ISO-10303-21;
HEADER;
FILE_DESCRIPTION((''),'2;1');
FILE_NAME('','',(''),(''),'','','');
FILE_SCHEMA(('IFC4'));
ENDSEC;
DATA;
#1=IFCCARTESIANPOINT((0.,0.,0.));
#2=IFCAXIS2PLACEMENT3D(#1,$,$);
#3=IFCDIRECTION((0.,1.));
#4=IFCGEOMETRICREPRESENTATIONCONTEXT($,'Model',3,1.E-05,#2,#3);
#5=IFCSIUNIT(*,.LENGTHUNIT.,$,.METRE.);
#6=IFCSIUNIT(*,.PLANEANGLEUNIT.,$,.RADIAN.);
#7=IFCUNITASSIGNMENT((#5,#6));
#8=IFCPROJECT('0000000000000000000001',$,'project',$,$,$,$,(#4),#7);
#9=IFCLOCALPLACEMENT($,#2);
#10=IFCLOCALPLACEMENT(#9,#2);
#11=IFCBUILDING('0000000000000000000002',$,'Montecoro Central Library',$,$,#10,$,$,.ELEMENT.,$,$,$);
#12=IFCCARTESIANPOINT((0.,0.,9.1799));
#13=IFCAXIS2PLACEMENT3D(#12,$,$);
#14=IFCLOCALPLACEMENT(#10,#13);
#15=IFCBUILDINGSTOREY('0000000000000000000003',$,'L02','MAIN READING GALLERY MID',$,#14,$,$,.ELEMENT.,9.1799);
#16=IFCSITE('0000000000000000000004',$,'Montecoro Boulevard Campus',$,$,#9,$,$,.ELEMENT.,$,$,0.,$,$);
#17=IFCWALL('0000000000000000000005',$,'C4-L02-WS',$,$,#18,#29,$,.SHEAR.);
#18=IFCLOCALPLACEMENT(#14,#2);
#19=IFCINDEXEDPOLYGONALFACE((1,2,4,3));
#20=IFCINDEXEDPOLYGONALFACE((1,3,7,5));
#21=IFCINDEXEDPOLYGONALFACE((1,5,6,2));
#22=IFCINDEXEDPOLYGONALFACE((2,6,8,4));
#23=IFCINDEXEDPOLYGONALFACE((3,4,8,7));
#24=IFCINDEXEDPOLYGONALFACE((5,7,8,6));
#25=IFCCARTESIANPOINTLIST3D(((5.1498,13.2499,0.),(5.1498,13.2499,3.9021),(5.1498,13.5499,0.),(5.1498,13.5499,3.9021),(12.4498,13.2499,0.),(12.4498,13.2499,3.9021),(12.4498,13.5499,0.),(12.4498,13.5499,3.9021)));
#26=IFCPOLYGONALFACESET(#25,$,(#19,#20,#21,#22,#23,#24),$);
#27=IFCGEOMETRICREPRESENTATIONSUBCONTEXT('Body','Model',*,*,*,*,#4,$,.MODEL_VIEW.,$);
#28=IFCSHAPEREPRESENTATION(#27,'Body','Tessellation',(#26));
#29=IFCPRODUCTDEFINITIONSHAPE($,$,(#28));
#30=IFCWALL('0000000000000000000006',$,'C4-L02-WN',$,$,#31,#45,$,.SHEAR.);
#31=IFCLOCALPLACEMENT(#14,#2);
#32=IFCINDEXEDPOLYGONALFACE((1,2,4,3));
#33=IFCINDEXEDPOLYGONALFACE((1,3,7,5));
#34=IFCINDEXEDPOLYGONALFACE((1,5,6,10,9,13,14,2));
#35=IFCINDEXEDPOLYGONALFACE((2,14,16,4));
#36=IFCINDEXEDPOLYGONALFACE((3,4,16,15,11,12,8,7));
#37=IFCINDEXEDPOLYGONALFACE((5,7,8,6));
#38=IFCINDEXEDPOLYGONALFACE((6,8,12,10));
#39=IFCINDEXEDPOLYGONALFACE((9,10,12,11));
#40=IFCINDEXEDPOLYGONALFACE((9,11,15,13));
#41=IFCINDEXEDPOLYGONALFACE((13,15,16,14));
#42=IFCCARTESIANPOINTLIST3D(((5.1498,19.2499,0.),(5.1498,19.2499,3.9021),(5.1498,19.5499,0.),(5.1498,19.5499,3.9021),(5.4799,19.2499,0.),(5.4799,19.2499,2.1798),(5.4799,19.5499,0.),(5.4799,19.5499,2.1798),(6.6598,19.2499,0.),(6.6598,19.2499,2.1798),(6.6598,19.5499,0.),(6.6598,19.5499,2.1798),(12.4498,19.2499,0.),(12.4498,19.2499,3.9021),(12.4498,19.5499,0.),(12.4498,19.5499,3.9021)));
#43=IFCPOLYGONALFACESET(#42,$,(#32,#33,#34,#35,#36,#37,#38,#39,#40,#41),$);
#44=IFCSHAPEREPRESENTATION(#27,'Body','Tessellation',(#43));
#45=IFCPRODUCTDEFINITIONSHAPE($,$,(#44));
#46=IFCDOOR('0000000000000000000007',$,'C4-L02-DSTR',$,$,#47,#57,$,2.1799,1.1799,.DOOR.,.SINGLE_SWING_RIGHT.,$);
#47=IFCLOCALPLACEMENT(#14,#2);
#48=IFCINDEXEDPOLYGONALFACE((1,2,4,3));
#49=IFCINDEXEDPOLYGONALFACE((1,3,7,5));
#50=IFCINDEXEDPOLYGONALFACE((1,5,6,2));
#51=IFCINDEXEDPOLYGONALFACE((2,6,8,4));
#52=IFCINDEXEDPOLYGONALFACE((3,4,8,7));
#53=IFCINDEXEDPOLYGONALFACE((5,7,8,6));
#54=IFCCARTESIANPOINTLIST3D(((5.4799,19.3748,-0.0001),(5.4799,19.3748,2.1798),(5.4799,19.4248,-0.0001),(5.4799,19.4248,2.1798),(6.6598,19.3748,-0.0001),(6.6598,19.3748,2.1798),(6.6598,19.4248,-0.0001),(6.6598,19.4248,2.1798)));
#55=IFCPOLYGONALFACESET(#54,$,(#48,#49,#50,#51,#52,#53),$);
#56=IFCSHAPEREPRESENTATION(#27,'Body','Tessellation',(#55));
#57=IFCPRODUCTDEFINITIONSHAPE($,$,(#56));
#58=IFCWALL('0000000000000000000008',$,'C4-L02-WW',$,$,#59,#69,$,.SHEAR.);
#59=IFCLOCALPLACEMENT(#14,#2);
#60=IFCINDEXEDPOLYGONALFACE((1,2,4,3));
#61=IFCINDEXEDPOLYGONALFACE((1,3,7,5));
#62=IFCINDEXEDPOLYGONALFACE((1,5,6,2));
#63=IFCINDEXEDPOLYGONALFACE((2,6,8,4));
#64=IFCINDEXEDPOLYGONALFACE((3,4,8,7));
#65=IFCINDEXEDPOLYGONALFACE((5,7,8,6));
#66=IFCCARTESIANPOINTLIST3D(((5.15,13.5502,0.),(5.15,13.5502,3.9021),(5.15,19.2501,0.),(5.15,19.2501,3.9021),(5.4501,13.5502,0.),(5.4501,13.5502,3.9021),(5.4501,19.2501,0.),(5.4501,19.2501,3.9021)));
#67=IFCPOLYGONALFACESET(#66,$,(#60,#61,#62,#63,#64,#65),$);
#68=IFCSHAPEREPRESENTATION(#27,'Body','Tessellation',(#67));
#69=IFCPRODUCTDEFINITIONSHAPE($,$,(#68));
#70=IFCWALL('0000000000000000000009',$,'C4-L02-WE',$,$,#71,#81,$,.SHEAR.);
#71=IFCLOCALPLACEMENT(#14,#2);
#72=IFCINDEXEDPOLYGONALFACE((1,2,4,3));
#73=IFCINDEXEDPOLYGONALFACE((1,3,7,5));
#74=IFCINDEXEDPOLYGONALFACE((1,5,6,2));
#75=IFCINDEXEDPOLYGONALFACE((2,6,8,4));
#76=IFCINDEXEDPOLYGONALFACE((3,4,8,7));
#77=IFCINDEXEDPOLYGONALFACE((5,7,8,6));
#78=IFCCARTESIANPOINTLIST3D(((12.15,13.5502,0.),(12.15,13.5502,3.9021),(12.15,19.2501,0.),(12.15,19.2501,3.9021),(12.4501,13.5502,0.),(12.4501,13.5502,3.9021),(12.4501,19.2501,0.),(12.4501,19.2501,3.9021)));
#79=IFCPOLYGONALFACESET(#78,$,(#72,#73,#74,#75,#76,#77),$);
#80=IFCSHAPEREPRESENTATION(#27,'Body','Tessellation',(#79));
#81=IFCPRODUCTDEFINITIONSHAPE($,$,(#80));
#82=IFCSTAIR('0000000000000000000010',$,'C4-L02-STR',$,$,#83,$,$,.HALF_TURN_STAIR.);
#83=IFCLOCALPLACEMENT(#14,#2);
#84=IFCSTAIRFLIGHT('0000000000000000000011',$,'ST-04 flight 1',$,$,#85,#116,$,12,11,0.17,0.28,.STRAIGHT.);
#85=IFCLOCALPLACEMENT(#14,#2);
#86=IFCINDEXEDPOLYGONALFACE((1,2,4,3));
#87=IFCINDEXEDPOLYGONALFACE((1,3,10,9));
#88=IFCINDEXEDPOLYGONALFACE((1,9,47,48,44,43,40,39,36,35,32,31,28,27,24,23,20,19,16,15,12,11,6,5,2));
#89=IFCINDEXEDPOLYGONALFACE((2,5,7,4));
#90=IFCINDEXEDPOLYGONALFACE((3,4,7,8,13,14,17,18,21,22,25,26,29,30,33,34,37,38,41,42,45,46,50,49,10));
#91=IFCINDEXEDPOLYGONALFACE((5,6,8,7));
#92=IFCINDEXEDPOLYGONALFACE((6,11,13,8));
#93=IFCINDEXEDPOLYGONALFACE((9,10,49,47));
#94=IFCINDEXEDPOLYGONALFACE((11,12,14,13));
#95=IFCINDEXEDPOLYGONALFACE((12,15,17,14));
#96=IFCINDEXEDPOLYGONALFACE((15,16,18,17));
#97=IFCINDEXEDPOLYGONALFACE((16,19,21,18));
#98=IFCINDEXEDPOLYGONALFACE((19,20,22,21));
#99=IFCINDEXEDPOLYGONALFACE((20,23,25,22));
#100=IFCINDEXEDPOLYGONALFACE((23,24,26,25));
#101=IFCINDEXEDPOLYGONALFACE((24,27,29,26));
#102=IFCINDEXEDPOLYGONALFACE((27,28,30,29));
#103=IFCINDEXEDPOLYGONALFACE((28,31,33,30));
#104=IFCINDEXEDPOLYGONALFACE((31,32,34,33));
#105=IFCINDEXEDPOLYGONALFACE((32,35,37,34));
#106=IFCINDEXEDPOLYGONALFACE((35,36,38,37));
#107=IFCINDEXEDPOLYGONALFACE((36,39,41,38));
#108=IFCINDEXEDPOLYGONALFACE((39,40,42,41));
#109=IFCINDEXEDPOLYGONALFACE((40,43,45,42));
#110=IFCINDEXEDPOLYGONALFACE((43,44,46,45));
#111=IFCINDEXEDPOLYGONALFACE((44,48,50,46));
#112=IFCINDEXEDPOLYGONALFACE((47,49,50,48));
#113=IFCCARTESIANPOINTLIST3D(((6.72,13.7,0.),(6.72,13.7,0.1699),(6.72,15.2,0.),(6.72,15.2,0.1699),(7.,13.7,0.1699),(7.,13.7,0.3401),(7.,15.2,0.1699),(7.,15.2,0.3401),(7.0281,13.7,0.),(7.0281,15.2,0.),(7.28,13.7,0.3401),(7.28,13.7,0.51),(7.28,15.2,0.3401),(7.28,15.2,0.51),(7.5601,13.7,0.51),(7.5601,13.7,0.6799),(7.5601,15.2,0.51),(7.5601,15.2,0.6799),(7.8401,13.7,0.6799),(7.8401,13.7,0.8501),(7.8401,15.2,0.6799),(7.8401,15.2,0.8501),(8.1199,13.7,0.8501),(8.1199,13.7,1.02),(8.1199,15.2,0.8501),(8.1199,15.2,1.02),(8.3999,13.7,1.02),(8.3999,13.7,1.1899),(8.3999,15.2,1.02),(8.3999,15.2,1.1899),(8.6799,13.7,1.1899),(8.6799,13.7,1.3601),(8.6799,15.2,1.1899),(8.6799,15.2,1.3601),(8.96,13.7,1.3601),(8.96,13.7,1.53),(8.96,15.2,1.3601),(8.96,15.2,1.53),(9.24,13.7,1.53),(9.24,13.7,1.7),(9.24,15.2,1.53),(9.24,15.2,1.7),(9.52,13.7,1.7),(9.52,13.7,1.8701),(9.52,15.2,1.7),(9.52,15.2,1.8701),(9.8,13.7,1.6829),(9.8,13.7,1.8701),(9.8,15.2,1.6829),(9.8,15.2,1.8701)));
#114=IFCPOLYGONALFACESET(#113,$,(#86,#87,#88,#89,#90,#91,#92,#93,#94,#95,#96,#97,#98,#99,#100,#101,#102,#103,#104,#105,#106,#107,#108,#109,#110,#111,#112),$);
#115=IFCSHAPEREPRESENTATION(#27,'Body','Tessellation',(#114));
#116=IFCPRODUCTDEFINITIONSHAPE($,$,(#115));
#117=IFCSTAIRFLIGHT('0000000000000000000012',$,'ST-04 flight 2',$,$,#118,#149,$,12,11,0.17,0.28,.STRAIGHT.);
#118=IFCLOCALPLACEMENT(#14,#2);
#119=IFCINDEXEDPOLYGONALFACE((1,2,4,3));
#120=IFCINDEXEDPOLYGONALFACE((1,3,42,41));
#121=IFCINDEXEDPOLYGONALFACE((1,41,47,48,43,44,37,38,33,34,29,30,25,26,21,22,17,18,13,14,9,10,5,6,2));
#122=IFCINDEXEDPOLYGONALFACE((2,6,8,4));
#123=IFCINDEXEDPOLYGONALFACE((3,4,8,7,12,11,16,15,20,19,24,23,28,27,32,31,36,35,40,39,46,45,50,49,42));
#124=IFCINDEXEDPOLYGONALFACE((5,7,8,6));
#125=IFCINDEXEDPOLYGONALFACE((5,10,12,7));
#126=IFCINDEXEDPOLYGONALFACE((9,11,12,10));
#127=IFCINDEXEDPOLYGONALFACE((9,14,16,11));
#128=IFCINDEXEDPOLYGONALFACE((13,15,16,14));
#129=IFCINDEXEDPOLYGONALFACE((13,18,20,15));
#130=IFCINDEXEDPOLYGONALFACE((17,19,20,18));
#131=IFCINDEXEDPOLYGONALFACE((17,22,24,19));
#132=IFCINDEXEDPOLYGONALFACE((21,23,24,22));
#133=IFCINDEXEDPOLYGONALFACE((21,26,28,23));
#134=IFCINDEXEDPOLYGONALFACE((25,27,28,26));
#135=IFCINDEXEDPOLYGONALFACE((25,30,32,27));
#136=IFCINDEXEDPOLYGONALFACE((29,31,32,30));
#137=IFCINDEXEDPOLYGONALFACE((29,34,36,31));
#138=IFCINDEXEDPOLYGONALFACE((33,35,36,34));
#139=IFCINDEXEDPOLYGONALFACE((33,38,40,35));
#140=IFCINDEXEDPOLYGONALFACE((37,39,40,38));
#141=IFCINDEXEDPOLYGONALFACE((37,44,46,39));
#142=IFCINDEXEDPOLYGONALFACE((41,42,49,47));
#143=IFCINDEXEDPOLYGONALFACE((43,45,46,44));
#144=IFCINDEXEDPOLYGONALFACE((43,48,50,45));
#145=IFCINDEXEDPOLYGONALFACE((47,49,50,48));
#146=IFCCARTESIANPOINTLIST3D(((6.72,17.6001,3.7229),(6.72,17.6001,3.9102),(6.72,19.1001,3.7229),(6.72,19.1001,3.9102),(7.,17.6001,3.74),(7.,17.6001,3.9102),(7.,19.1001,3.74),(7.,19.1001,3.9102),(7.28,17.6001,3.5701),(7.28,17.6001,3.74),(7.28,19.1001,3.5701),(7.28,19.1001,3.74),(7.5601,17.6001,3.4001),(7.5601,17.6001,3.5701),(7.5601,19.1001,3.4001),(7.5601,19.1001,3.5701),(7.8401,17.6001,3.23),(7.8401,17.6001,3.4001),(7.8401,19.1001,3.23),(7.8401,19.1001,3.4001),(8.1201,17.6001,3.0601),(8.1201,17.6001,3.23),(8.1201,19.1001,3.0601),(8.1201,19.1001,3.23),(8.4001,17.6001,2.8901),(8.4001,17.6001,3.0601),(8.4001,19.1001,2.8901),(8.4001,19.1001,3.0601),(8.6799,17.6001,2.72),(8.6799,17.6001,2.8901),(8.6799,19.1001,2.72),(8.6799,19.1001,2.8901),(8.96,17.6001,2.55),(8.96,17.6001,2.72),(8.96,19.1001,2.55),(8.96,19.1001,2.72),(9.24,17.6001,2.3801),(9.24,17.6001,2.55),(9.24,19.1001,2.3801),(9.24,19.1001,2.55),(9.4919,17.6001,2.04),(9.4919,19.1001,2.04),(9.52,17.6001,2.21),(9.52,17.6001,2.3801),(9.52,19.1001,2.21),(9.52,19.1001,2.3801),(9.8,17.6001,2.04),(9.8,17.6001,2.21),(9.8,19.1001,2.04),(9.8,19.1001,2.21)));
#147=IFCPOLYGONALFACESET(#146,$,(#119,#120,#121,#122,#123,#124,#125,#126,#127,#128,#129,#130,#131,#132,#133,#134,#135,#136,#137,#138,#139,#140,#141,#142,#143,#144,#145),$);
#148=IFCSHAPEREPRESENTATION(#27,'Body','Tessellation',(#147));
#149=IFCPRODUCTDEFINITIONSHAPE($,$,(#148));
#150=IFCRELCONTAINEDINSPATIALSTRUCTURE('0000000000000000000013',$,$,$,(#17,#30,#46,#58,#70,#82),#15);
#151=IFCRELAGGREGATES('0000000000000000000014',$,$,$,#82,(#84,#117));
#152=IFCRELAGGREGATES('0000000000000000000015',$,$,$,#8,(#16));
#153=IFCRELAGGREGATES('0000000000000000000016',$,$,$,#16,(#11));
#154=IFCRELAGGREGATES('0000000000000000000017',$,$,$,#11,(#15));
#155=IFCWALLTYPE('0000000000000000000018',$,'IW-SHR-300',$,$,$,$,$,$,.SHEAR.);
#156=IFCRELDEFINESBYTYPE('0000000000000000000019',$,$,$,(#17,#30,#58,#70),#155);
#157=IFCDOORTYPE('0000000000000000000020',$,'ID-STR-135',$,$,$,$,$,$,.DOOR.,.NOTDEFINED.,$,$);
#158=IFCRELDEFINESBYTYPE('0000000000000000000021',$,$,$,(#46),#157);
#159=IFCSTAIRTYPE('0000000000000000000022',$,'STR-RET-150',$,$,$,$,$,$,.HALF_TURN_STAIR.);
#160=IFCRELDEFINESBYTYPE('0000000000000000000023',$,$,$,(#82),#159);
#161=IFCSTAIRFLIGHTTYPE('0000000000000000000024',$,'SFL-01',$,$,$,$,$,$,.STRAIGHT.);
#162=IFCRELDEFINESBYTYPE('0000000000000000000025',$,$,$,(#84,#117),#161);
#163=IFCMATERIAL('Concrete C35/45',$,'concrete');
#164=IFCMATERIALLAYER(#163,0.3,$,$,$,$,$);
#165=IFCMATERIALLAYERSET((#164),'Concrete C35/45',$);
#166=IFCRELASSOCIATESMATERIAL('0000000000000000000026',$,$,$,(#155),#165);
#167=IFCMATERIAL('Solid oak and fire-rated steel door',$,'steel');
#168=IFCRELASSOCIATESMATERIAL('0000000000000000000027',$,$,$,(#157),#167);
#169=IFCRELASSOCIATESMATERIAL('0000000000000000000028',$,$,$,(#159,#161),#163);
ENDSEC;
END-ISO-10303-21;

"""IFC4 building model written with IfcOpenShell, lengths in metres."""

from ifc_helpers import new_model, si_unit, direction, frame, frame_2d, origin, place, context, subcontext, project, spatial, polyline, rectangle, outline, extrude, material, layer, layer_set, type_object, element, fill, aggregate, save


model = new_model("IFC4")

# Units and contexts
model_context = context("Model", 3, precision=1e-05, world=origin(), true_north=direction((0.0, 1.0)))
body_context = subcontext(model_context, "Body", "Model", "MODEL_VIEW")
ifc_project = project(units=[si_unit("LENGTHUNIT", "METRE"), si_unit("PLANEANGLEUNIT", "RADIAN")], contexts=[model_context])

# Site, building, storey
site_placement = place(None, origin())
site = spatial("IfcSite", under=ifc_project, at=site_placement, Name="Montecoro Boulevard Campus", CompositionType="ELEMENT", RefElevation=0.0)
building_placement = place(site_placement, origin())
building = spatial("IfcBuilding", under=site, at=building_placement, Name="Montecoro Central Library", CompositionType="ELEMENT")
storey_placement = place(building_placement, frame((0.0, 0.0, 9.1799)))
storey = spatial("IfcBuildingStorey", under=building, at=storey_placement, Name="L02", Description="MAIN READING GALLERY MID", CompositionType="ELEMENT", Elevation=9.1799)

# Shared definitions
ifc_material_1 = material(Name="Concrete C35/45", Category="concrete")

# Shared definitions
ifc_material_2 = material(Name="Solid oak and fire-rated steel door", Category="steel")

# Wall
ifc_layer_1 = layer(ifc_material_1, 0.3)
ifc_layer_set_1 = layer_set([ifc_layer_1], Name="Concrete C35/45")
wall_type_1 = type_object("IfcWallType", Name="IW-SHR-300", PredefinedType="SHEAR", material=ifc_layer_set_1)
wall_1_placement = place(storey_placement, frame((5.1499, 13.3999, 0.0), z_axis=(0.0, 0.0, 1.0), x_axis=(1.0, 0.0, 0.0)))
element("IfcWall", 1, at=wall_1_placement, inside=storey, type_object=wall_type_1, Name="C4-L02-WS", PredefinedType="SHEAR", context=body_context, shape_type="SweptSolid", body=[
    extrude(rectangle(XDim=7.3, YDim=0.3, at=frame_2d((3.6499, 0.0))), origin(), (0.0, 0.0, 1.0), 3.9021),
])

# Wall, opening, door
wall_2_placement = place(storey_placement, frame((5.1499, 19.3999, 0.0), z_axis=(0.0, 0.0, 1.0), x_axis=(1.0, 0.0, 0.0)))
wall_2 = element("IfcWall", 2, at=wall_2_placement, inside=storey, type_object=wall_type_1, Name="C4-L02-WN", PredefinedType="SHEAR", context=body_context, shape_type="SweptSolid", body=[
    extrude(rectangle(XDim=7.3, YDim=0.3, at=frame_2d((3.6499, 0.0))), origin(), (0.0, 0.0, 1.0), 3.9021),
])
opening_1_placement = place(wall_2_placement, frame((0.3301, 0.0, 0.0)))
opening_1 = element("IfcOpeningElement", 3, at=opening_1_placement, cuts=wall_2, PredefinedType="OPENING", context=body_context, shape_type="SweptSolid", body=[
    extrude(rectangle(XDim=1.1799, YDim=2.1799, at=frame_2d((0.5898, 1.0898))), frame((0.0, 0.1599, 0.0), z_axis=(0.0, -1.0, 0.0), x_axis=(1.0, 0.0, 0.0)), (0.0, 0.0, 1.0), 0.3201),
])
door_type_1 = type_object("IfcDoorType", Name="ID-STR-135", OperationType="NOTDEFINED", PredefinedType="DOOR", material=ifc_material_2)
door_1_placement = place(opening_1_placement, origin())
door_1 = element("IfcDoor", 4, at=door_1_placement, inside=storey, type_object=door_type_1, Name="C4-L02-DSTR", OperationType="SINGLE_SWING_RIGHT", OverallHeight=2.1799, OverallWidth=1.1799, PredefinedType="DOOR", context=body_context, shape_type="SweptSolid", body=[
    extrude(rectangle(XDim=1.1799, YDim=2.1799, at=frame_2d((0.5898, 1.0898))), frame((0.0, 0.0249, 0.0), z_axis=(0.0, -1.0, 0.0), x_axis=(1.0, 0.0, 0.0)), (0.0, 0.0, 1.0), 0.05),
])
fill(opening_1, door_1)

# Walls
for number, where, z_axis, x_axis, name in (
    (5, (5.3, 13.55, 0.0), (0.0, 0.0, 1.0), (0.0, 1.0, 0.0), "C4-L02-WW"),
    (6, (12.3, 13.55, 0.0), (0.0, 0.0, 1.0), (0.0, 1.0, 0.0), "C4-L02-WE"),
):
    element("IfcWall", number, at=place(storey_placement, frame(where, z_axis=z_axis, x_axis=x_axis)), inside=storey, type_object=wall_type_1, Name=name, PredefinedType="SHEAR", context=body_context, shape_type="SweptSolid", body=[
        extrude(rectangle(XDim=5.7, YDim=0.3, at=frame_2d((2.8501, 0.0))), origin(), (0.0, 0.0, 1.0), 3.9021),
    ])

# Stair, stair flights
stair_type = type_object("IfcStairType", Name="STR-RET-150", PredefinedType="HALF_TURN_STAIR", material=ifc_material_1)
stair_placement = place(storey_placement, origin())
stair = element("IfcStair", 7, at=stair_placement, inside=storey, type_object=stair_type, Name="C4-L02-STR", PredefinedType="HALF_TURN_STAIR")
stair_flight_type = type_object("IfcStairFlightType", Name="SFL-01", PredefinedType="STRAIGHT", material=ifc_material_1)
stair_flight_1_placement = place(storey_placement, frame((6.72, 14.45, 0.0), z_axis=(0.0, 0.0, 1.0), x_axis=(1.0, 0.0, 0.0)))
stair_flight_1 = element("IfcStairFlight", 8, at=stair_flight_1_placement, type_object=stair_flight_type, Name="ST-04 flight 1", NumberOfRisers=12, NumberOfTreads=11, PredefinedType="STRAIGHT", RiserHeight=0.17, TreadLength=0.28, context=body_context, shape_type="SweptSolid", body=[
    extrude(outline(polyline([(0.0, 0.0), (0.0, 0.1699), (0.28, 0.1699), (0.28, 0.3401), (0.5601, 0.3401), (0.5601, 0.51), (0.8401, 0.51), (0.8401, 0.6799), (1.1201, 0.6799), (1.1201, 0.8501), (1.3999, 0.8501), (1.3999, 1.02), (1.6799, 1.02), (1.6799, 1.1899), (1.96, 1.1899), (1.96, 1.3601), (2.24, 1.3601), (2.24, 1.53), (2.52, 1.53), (2.52, 1.7), (2.8, 1.7), (2.8, 1.8701), (3.0801, 1.8701), (3.0801, 2.04), (3.0801, 1.6829), (0.3081, 0.0), (0.0, 0.0)])), frame((0.0, 0.75, 0.0), z_axis=(0.0, -1.0, 0.0), x_axis=(1.0, 0.0, 0.0)), (0.0, 0.0, 1.0), 1.5),
])
stair_flight_2_placement = place(storey_placement, frame((9.8, 18.3501, 2.04), z_axis=(0.0, 0.0, 1.0), x_axis=(-1.0, 0.0, 0.0)))
stair_flight_2 = element("IfcStairFlight", 9, at=stair_flight_2_placement, type_object=stair_flight_type, Name="ST-04 flight 2", NumberOfRisers=12, NumberOfTreads=11, PredefinedType="STRAIGHT", RiserHeight=0.17, TreadLength=0.28, context=body_context, shape_type="SweptSolid", body=[
    extrude(outline(polyline([(0.0, 0.0), (0.0, 0.1699), (0.28, 0.1699), (0.28, 0.3401), (0.5601, 0.3401), (0.5601, 0.51), (0.8401, 0.51), (0.8401, 0.6799), (1.1201, 0.6799), (1.1201, 0.8501), (1.3999, 0.8501), (1.3999, 1.02), (1.6799, 1.02), (1.6799, 1.1899), (1.96, 1.1899), (1.96, 1.3601), (2.24, 1.3601), (2.24, 1.53), (2.52, 1.53), (2.52, 1.7), (2.8, 1.7), (2.8, 1.8701), (3.0801, 1.8701), (3.0801, 2.04), (3.0801, 1.6829), (0.3081, 0.0), (0.0, 0.0)])), frame((0.0, 0.75, 0.0), z_axis=(0.0, -1.0, 0.0), x_axis=(1.0, 0.0, 0.0)), (0.0, 0.0, 1.0), 1.5),
])
aggregate(stair, [stair_flight_1, stair_flight_2])

save(model, "model.ifc")
